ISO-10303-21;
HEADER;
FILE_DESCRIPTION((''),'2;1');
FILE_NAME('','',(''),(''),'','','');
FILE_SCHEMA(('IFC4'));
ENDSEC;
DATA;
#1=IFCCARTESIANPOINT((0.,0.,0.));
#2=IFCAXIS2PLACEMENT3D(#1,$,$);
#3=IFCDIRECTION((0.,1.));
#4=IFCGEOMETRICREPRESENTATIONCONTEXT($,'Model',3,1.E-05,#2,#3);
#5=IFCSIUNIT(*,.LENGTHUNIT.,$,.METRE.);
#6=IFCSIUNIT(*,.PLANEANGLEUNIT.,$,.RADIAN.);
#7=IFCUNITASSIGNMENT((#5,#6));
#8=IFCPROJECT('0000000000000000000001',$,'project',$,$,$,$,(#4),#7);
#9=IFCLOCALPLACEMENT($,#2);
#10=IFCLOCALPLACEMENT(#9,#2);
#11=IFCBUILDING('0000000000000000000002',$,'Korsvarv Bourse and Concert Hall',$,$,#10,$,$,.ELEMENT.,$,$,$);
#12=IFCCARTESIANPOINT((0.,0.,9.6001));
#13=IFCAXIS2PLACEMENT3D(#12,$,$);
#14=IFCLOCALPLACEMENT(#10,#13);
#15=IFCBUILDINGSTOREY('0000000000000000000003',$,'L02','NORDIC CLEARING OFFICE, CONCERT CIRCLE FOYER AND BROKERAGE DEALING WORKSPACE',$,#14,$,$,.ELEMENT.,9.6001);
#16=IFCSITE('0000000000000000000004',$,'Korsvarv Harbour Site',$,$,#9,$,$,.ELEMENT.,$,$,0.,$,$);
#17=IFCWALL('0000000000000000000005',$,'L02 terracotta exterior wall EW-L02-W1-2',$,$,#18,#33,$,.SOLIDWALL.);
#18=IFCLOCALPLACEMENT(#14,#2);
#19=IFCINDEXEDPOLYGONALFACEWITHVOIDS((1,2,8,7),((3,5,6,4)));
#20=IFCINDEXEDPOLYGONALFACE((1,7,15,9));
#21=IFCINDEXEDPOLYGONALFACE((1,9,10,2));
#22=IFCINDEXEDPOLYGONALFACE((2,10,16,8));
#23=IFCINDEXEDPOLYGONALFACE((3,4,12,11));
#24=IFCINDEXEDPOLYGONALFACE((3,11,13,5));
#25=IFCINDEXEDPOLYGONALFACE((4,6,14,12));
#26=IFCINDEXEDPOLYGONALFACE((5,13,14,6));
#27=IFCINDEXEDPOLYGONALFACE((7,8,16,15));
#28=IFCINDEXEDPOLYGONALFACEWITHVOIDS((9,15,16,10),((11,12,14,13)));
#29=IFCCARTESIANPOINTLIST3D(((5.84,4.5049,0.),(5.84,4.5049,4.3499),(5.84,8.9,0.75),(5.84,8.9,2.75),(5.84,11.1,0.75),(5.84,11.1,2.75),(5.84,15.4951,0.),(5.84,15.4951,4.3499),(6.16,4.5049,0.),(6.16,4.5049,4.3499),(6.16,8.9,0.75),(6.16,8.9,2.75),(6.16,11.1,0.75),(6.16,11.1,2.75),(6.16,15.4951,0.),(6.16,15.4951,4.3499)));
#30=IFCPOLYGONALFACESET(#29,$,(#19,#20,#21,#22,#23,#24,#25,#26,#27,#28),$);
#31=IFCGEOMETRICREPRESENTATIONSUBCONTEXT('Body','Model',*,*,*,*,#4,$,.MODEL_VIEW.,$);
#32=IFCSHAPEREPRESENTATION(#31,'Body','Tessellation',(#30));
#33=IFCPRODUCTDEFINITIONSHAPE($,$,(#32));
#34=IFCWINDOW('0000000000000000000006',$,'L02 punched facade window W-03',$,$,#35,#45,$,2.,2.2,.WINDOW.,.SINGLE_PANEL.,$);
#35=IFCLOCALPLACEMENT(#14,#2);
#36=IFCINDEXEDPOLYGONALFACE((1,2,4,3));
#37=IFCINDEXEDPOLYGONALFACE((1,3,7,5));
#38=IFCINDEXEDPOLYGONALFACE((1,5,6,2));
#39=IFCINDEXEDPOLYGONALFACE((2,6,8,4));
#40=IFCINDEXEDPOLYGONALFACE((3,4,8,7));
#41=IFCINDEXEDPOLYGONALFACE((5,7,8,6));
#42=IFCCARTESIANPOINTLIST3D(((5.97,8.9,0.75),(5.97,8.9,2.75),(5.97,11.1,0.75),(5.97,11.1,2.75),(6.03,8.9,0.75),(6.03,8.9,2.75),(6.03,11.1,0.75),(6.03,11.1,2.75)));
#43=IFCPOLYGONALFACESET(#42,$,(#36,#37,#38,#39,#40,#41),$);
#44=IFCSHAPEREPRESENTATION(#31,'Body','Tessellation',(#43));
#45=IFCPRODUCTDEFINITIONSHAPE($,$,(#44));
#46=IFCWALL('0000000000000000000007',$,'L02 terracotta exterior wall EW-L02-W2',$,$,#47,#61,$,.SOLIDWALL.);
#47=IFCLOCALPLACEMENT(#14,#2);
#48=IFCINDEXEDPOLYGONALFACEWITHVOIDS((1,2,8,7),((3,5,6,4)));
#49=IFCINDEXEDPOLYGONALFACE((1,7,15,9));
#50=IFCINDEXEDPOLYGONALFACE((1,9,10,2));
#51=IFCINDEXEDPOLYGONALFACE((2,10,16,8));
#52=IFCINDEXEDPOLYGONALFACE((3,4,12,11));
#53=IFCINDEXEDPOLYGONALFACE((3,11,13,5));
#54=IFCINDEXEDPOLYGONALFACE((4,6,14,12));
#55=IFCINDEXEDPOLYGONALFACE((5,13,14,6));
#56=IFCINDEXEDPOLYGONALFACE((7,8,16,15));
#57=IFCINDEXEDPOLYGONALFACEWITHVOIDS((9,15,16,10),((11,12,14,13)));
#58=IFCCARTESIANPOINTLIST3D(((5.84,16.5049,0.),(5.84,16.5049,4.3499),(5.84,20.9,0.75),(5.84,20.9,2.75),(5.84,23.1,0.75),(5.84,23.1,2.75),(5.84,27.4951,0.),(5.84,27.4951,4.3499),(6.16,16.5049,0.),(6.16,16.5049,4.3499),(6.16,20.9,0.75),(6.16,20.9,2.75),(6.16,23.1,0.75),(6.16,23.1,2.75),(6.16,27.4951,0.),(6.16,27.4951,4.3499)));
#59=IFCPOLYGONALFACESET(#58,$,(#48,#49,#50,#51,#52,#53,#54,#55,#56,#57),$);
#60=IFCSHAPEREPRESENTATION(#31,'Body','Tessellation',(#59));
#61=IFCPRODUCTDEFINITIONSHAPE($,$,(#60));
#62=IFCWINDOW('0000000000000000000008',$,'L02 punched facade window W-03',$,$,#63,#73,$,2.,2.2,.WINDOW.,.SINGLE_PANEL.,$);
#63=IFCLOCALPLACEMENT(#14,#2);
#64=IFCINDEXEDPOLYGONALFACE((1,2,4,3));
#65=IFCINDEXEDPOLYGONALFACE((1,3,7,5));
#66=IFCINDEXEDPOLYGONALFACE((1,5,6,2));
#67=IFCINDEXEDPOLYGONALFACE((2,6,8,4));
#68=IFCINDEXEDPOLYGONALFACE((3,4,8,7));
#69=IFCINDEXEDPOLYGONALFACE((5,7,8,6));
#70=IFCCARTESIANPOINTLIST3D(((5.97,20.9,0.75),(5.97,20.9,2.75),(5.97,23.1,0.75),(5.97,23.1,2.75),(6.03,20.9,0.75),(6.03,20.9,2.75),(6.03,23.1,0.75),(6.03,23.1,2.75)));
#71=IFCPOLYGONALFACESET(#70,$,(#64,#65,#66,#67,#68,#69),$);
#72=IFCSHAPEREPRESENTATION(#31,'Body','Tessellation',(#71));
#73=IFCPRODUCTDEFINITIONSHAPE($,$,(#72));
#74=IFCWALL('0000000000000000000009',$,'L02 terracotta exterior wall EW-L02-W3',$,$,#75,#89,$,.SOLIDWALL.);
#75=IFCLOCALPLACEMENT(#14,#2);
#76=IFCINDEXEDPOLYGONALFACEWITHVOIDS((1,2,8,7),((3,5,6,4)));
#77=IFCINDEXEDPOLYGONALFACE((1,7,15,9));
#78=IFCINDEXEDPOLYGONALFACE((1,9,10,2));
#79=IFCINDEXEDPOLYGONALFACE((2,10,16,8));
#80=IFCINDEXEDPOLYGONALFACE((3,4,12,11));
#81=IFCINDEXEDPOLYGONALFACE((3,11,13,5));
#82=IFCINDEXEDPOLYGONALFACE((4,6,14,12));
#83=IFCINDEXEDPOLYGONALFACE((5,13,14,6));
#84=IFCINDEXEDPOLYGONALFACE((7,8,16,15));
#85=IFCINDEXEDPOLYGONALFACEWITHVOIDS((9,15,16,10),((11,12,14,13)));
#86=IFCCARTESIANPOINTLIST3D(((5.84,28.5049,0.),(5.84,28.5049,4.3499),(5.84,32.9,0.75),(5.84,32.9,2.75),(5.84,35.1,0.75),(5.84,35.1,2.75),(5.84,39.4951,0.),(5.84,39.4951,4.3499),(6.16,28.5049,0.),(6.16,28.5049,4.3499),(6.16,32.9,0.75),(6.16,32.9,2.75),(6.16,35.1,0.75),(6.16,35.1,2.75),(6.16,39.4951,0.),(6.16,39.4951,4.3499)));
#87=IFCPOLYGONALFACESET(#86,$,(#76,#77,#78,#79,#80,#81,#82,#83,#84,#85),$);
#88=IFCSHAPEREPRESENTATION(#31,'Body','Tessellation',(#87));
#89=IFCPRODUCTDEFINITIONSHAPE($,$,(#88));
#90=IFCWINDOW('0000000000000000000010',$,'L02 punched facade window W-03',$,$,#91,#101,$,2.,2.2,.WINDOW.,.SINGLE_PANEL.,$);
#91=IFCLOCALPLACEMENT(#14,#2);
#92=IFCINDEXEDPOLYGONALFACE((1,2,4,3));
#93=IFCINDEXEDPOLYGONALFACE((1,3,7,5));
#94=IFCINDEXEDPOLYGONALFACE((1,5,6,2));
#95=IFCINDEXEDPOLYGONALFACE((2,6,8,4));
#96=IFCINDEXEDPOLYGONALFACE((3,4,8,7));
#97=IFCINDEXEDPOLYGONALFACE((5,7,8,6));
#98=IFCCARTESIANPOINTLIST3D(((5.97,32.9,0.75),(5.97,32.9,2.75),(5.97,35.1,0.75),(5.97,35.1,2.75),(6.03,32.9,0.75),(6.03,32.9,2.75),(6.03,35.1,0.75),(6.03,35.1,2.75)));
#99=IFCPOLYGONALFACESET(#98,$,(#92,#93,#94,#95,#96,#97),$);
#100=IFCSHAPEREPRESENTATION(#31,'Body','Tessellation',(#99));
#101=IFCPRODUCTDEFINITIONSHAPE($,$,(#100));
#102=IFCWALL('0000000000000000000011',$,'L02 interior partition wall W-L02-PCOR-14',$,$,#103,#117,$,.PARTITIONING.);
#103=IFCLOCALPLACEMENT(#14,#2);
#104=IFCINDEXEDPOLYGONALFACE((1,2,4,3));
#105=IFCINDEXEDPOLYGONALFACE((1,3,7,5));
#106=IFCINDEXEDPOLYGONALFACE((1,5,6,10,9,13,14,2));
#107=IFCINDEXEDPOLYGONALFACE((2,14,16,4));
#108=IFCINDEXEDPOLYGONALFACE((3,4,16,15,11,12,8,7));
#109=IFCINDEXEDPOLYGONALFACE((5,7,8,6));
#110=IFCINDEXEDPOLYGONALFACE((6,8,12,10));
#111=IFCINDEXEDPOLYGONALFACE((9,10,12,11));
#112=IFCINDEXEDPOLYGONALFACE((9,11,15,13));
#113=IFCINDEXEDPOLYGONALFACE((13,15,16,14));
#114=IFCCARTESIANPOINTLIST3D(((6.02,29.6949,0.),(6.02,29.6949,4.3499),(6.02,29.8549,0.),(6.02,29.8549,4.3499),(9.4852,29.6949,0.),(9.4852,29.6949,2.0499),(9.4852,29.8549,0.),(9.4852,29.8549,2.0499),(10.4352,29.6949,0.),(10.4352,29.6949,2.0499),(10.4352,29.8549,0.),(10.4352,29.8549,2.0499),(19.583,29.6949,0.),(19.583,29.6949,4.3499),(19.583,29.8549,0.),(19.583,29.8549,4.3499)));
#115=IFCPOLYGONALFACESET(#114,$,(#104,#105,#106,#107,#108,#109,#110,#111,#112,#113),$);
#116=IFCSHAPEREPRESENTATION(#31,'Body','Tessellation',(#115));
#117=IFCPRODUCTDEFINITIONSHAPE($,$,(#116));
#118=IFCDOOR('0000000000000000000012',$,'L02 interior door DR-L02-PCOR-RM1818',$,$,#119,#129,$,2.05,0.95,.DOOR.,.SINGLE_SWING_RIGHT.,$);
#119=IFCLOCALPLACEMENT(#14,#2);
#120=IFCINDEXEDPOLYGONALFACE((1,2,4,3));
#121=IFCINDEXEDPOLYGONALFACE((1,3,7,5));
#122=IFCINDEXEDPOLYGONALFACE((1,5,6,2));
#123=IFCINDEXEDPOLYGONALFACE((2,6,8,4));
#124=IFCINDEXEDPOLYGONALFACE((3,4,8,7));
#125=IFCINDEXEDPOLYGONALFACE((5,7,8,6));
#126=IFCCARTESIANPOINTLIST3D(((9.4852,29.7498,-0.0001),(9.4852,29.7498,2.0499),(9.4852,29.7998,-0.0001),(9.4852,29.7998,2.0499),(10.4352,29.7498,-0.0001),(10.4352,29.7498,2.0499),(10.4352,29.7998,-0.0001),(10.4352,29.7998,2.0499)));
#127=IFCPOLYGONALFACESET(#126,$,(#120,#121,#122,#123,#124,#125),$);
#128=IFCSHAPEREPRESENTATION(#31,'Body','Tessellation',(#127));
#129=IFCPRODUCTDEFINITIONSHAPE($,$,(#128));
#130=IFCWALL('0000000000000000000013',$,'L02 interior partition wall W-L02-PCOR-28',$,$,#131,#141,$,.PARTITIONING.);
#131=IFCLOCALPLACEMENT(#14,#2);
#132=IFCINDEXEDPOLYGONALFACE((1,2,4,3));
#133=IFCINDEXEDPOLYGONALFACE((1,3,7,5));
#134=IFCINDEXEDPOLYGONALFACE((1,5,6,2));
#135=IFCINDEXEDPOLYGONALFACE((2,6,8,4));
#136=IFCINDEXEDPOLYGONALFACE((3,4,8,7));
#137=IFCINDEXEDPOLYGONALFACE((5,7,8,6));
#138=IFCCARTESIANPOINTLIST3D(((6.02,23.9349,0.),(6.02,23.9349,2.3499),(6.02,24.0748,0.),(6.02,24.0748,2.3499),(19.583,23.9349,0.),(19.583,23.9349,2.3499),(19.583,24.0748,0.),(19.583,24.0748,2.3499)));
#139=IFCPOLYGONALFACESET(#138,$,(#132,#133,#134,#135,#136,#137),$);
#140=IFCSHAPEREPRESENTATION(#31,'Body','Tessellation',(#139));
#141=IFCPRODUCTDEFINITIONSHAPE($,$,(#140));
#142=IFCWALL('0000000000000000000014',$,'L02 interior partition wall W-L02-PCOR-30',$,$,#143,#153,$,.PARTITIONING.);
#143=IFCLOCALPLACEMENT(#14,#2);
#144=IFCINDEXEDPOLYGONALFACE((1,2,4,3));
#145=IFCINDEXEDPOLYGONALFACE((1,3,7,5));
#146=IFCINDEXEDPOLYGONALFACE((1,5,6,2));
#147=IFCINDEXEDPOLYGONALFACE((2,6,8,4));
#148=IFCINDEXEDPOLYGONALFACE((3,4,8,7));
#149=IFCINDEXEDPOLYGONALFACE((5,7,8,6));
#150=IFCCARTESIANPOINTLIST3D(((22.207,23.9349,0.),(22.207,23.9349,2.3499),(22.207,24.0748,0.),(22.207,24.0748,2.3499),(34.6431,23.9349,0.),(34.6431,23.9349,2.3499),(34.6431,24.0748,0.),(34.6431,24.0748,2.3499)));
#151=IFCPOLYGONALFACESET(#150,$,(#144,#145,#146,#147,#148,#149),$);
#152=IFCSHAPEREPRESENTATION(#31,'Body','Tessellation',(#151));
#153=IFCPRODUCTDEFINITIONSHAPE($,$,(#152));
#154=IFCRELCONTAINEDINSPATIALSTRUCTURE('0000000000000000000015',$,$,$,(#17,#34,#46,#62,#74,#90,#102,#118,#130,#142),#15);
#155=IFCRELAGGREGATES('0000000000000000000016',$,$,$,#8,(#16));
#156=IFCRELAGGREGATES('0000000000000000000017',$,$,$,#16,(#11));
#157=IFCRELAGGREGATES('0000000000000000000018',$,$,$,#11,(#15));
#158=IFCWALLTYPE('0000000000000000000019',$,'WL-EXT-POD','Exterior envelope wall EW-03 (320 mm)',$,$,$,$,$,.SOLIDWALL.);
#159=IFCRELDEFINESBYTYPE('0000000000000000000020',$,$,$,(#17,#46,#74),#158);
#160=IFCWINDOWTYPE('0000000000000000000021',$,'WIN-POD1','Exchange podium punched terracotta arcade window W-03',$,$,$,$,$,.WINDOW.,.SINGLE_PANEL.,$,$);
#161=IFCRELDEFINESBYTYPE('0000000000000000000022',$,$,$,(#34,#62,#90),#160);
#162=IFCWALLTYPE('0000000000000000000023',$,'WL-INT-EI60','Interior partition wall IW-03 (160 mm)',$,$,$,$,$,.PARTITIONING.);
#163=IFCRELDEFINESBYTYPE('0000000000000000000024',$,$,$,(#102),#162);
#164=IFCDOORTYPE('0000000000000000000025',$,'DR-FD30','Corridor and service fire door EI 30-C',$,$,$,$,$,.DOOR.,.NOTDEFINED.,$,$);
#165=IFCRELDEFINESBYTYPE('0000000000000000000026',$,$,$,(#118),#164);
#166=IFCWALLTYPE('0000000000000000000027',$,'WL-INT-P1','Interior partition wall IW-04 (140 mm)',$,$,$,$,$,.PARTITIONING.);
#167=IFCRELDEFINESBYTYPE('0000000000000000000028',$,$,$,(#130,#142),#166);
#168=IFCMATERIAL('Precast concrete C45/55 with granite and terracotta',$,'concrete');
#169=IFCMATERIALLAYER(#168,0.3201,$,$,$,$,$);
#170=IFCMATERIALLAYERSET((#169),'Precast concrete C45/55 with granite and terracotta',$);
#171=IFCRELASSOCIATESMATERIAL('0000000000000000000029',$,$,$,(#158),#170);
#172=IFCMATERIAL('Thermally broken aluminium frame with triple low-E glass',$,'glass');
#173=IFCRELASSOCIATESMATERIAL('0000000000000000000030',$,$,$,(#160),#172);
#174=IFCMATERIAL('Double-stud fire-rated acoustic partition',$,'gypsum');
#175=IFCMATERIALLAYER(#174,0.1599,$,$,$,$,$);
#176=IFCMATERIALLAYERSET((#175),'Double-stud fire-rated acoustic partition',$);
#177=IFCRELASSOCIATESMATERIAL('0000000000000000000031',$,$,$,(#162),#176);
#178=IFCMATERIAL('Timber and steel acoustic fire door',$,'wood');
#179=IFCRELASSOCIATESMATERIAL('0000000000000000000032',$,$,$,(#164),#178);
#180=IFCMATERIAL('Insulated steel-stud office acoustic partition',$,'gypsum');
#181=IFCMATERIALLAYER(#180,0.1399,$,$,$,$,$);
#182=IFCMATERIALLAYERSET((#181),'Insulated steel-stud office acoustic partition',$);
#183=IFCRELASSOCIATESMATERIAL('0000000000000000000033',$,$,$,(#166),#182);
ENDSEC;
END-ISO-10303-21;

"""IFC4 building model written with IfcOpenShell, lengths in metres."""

from ifc_helpers import new_model, si_unit, direction, frame, frame_2d, origin, place, context, subcontext, project, spatial, rectangle, extrude, material, layer, layer_set, type_object, element, fill, save


model = new_model("IFC4")

# Units and contexts
model_context = context("Model", 3, precision=1e-05, world=origin(), true_north=direction((0.0, 1.0)))
body_context = subcontext(model_context, "Body", "Model", "MODEL_VIEW")
ifc_project = project(units=[si_unit("LENGTHUNIT", "METRE"), si_unit("PLANEANGLEUNIT", "RADIAN")], contexts=[model_context])

# Site, building, storey
site_placement = place(None, origin())
site = spatial("IfcSite", under=ifc_project, at=site_placement, Name="Korsvarv Harbour Site", CompositionType="ELEMENT", RefElevation=0.0)
building_placement = place(site_placement, origin())
building = spatial("IfcBuilding", under=site, at=building_placement, Name="Korsvarv Bourse and Concert Hall", CompositionType="ELEMENT")
storey_placement = place(building_placement, frame((0.0, 0.0, 9.6001)))
storey = spatial("IfcBuildingStorey", under=building, at=storey_placement, Name="L02", Description="NORDIC CLEARING OFFICE, CONCERT CIRCLE FOYER AND BROKERAGE DEALING WORKSPACE", CompositionType="ELEMENT", Elevation=9.6001)

# Shared definitions
ifc_material_1 = material(Name="Precast concrete C45/55 with granite and terracotta", Category="concrete")
ifc_layer_1 = layer(ifc_material_1, 0.3201)
ifc_layer_set_1 = layer_set([ifc_layer_1], Name="Precast concrete C45/55 with granite and terracotta")
wall_type_1 = type_object("IfcWallType", Name="WL-EXT-POD", Description="Exterior envelope wall EW-03 (320 mm)", PredefinedType="SOLIDWALL", material=ifc_layer_set_1)

# Walls, openings, windows
wall_1_placement = place(storey_placement, frame((6.0, 4.5049, 0.0), z_axis=(0.0, 0.0, 1.0), x_axis=(0.0, 1.0, 0.0)))
wall_1 = element("IfcWall", 1, at=wall_1_placement, inside=storey, type_object=wall_type_1, Name="L02 terracotta exterior wall EW-L02-W1-2", PredefinedType="SOLIDWALL", context=body_context, shape_type="SweptSolid", body=[
    extrude(rectangle(XDim=10.9902, YDim=0.3201, at=frame_2d((5.4951, 0.0))), origin(), (0.0, 0.0, 1.0), 4.3499),
])
opening_1_placement = place(wall_1_placement, frame((4.395, 0.0, 0.75)))
opening_1 = element("IfcOpeningElement", 2, at=opening_1_placement, cuts=wall_1, PredefinedType="OPENING", context=body_context, shape_type="SweptSolid", body=[
    extrude(rectangle(XDim=2.2, YDim=2.0, at=frame_2d((1.1001, 1.0))), frame((0.0, 0.1699, 0.0), z_axis=(0.0, -1.0, 0.0), x_axis=(1.0, 0.0, 0.0)), (0.0, 0.0, 1.0), 0.3401),
])
ifc_material_2 = material(Name="Thermally broken aluminium frame with triple low-E glass", Category="glass")
window_type = type_object("IfcWindowType", Name="WIN-POD1", Description="Exchange podium punched terracotta arcade window W-03", PartitioningType="SINGLE_PANEL", PredefinedType="WINDOW", material=ifc_material_2)
window_1_placement = place(opening_1_placement, origin())
window_1 = element("IfcWindow", 3, at=window_1_placement, inside=storey, type_object=window_type, Name="L02 punched facade window W-03", OverallHeight=2.0, OverallWidth=2.2, PartitioningType="SINGLE_PANEL", PredefinedType="WINDOW", context=body_context, shape_type="SweptSolid", body=[
    extrude(rectangle(XDim=2.2, YDim=2.0, at=frame_2d((1.1001, 1.0))), frame((0.0, 0.03, 0.0), z_axis=(0.0, -1.0, 0.0), x_axis=(1.0, 0.0, 0.0)), (0.0, 0.0, 1.0), 0.0601),
])
fill(opening_1, window_1)
wall_2_placement = place(storey_placement, frame((6.0, 16.5049, 0.0), z_axis=(0.0, 0.0, 1.0), x_axis=(0.0, 1.0, 0.0)))
wall_2 = element("IfcWall", 4, at=wall_2_placement, inside=storey, type_object=wall_type_1, Name="L02 terracotta exterior wall EW-L02-W2", PredefinedType="SOLIDWALL", context=body_context, shape_type="SweptSolid", body=[
    extrude(rectangle(XDim=10.9902, YDim=0.3201, at=frame_2d((5.4951, 0.0))), origin(), (0.0, 0.0, 1.0), 4.3499),
])
opening_2_placement = place(wall_2_placement, frame((4.395, 0.0, 0.75)))
opening_2 = element("IfcOpeningElement", 5, at=opening_2_placement, cuts=wall_2, PredefinedType="OPENING", context=body_context, shape_type="SweptSolid", body=[
    extrude(rectangle(XDim=2.2, YDim=2.0, at=frame_2d((1.1001, 1.0))), frame((0.0, 0.1699, 0.0), z_axis=(0.0, -1.0, 0.0), x_axis=(1.0, 0.0, 0.0)), (0.0, 0.0, 1.0), 0.3401),
])
window_2_placement = place(opening_2_placement, origin())
window_2 = element("IfcWindow", 6, at=window_2_placement, inside=storey, type_object=window_type, Name="L02 punched facade window W-03", OverallHeight=2.0, OverallWidth=2.2, PartitioningType="SINGLE_PANEL", PredefinedType="WINDOW", context=body_context, shape_type="SweptSolid", body=[
    extrude(rectangle(XDim=2.2, YDim=2.0, at=frame_2d((1.1001, 1.0))), frame((0.0, 0.03, 0.0), z_axis=(0.0, -1.0, 0.0), x_axis=(1.0, 0.0, 0.0)), (0.0, 0.0, 1.0), 0.0601),
])
fill(opening_2, window_2)
wall_3_placement = place(storey_placement, frame((6.0, 28.5049, 0.0), z_axis=(0.0, 0.0, 1.0), x_axis=(0.0, 1.0, 0.0)))
wall_3 = element("IfcWall", 7, at=wall_3_placement, inside=storey, type_object=wall_type_1, Name="L02 terracotta exterior wall EW-L02-W3", PredefinedType="SOLIDWALL", context=body_context, shape_type="SweptSolid", body=[
    extrude(rectangle(XDim=10.9902, YDim=0.3201, at=frame_2d((5.4951, 0.0))), origin(), (0.0, 0.0, 1.0), 4.3499),
])
opening_3_placement = place(wall_3_placement, frame((4.395, 0.0, 0.75)))
opening_3 = element("IfcOpeningElement", 8, at=opening_3_placement, cuts=wall_3, PredefinedType="OPENING", context=body_context, shape_type="SweptSolid", body=[
    extrude(rectangle(XDim=2.2, YDim=2.0, at=frame_2d((1.1001, 1.0))), frame((0.0, 0.1699, 0.0), z_axis=(0.0, -1.0, 0.0), x_axis=(1.0, 0.0, 0.0)), (0.0, 0.0, 1.0), 0.3401),
])
window_3_placement = place(opening_3_placement, origin())
window_3 = element("IfcWindow", 9, at=window_3_placement, inside=storey, type_object=window_type, Name="L02 punched facade window W-03", OverallHeight=2.0, OverallWidth=2.2, PartitioningType="SINGLE_PANEL", PredefinedType="WINDOW", context=body_context, shape_type="SweptSolid", body=[
    extrude(rectangle(XDim=2.2, YDim=2.0, at=frame_2d((1.1001, 1.0))), frame((0.0, 0.03, 0.0), z_axis=(0.0, -1.0, 0.0), x_axis=(1.0, 0.0, 0.0)), (0.0, 0.0, 1.0), 0.0601),
])
fill(opening_3, window_3)

# Wall, opening, door
ifc_material_3 = material(Name="Double-stud fire-rated acoustic partition", Category="gypsum")
ifc_layer_2 = layer(ifc_material_3, 0.1599)
ifc_layer_set_2 = layer_set([ifc_layer_2], Name="Double-stud fire-rated acoustic partition")
wall_type_2 = type_object("IfcWallType", Name="WL-INT-EI60", Description="Interior partition wall IW-03 (160 mm)", PredefinedType="PARTITIONING", material=ifc_layer_set_2)
wall_4_placement = place(storey_placement, frame((6.02, 29.7749, 0.0), z_axis=(0.0, 0.0, 1.0), x_axis=(1.0, 0.0, 0.0)))
wall_4 = element("IfcWall", 10, at=wall_4_placement, inside=storey, type_object=wall_type_2, Name="L02 interior partition wall W-L02-PCOR-14", PredefinedType="PARTITIONING", context=body_context, shape_type="SweptSolid", body=[
    extrude(rectangle(XDim=13.563, YDim=0.1599, at=frame_2d((6.7815, 0.0))), origin(), (0.0, 0.0, 1.0), 4.3499),
])
opening_4_placement = place(wall_4_placement, frame((3.4651, 0.0, 0.0)))
opening_4 = element("IfcOpeningElement", 11, at=opening_4_placement, cuts=wall_4, PredefinedType="OPENING", context=body_context, shape_type="SweptSolid", body=[
    extrude(rectangle(XDim=0.95, YDim=2.05, at=frame_2d((0.4751, 1.0249))), frame((0.0, 0.0898, 0.0), z_axis=(0.0, -1.0, 0.0), x_axis=(1.0, 0.0, 0.0)), (0.0, 0.0, 1.0), 0.1799),
])
ifc_material_4 = material(Name="Timber and steel acoustic fire door", Category="wood")
door_type = type_object("IfcDoorType", Name="DR-FD30", Description="Corridor and service fire door EI 30-C", OperationType="NOTDEFINED", PredefinedType="DOOR", material=ifc_material_4)
door_placement = place(opening_4_placement, origin())
door = element("IfcDoor", 12, at=door_placement, inside=storey, type_object=door_type, Name="L02 interior door DR-L02-PCOR-RM1818", OperationType="SINGLE_SWING_RIGHT", OverallHeight=2.05, OverallWidth=0.95, PredefinedType="DOOR", context=body_context, shape_type="SweptSolid", body=[
    extrude(rectangle(XDim=0.95, YDim=2.05, at=frame_2d((0.4751, 1.0249))), frame((0.0, 0.0249, 0.0), z_axis=(0.0, -1.0, 0.0), x_axis=(1.0, 0.0, 0.0)), (0.0, 0.0, 1.0), 0.05),
])
fill(opening_4, door)

# Walls
ifc_material_5 = material(Name="Insulated steel-stud office acoustic partition", Category="gypsum")
ifc_layer_3 = layer(ifc_material_5, 0.1399)
ifc_layer_set_3 = layer_set([ifc_layer_3], Name="Insulated steel-stud office acoustic partition")
wall_type_3 = type_object("IfcWallType", Name="WL-INT-P1", Description="Interior partition wall IW-04 (140 mm)", PredefinedType="PARTITIONING", material=ifc_layer_set_3)
wall_5_placement = place(storey_placement, frame((6.02, 24.0049, 0.0), z_axis=(0.0, 0.0, 1.0), x_axis=(1.0, 0.0, 0.0)))
element("IfcWall", 13, at=wall_5_placement, inside=storey, type_object=wall_type_3, Name="L02 interior partition wall W-L02-PCOR-28", PredefinedType="PARTITIONING", context=body_context, shape_type="SweptSolid", body=[
    extrude(rectangle(XDim=13.563, YDim=0.1399, at=frame_2d((6.7815, 0.0))), origin(), (0.0, 0.0, 1.0), 2.3499),
])
wall_6_placement = place(storey_placement, frame((22.207, 24.0049, 0.0), z_axis=(0.0, 0.0, 1.0), x_axis=(1.0, 0.0, 0.0)))
element("IfcWall", 14, at=wall_6_placement, inside=storey, type_object=wall_type_3, Name="L02 interior partition wall W-L02-PCOR-30", PredefinedType="PARTITIONING", context=body_context, shape_type="SweptSolid", body=[
    extrude(rectangle(XDim=12.436, YDim=0.1399, at=frame_2d((6.218, 0.0))), origin(), (0.0, 0.0, 1.0), 2.3499),
])

save(model, "model.ifc")
